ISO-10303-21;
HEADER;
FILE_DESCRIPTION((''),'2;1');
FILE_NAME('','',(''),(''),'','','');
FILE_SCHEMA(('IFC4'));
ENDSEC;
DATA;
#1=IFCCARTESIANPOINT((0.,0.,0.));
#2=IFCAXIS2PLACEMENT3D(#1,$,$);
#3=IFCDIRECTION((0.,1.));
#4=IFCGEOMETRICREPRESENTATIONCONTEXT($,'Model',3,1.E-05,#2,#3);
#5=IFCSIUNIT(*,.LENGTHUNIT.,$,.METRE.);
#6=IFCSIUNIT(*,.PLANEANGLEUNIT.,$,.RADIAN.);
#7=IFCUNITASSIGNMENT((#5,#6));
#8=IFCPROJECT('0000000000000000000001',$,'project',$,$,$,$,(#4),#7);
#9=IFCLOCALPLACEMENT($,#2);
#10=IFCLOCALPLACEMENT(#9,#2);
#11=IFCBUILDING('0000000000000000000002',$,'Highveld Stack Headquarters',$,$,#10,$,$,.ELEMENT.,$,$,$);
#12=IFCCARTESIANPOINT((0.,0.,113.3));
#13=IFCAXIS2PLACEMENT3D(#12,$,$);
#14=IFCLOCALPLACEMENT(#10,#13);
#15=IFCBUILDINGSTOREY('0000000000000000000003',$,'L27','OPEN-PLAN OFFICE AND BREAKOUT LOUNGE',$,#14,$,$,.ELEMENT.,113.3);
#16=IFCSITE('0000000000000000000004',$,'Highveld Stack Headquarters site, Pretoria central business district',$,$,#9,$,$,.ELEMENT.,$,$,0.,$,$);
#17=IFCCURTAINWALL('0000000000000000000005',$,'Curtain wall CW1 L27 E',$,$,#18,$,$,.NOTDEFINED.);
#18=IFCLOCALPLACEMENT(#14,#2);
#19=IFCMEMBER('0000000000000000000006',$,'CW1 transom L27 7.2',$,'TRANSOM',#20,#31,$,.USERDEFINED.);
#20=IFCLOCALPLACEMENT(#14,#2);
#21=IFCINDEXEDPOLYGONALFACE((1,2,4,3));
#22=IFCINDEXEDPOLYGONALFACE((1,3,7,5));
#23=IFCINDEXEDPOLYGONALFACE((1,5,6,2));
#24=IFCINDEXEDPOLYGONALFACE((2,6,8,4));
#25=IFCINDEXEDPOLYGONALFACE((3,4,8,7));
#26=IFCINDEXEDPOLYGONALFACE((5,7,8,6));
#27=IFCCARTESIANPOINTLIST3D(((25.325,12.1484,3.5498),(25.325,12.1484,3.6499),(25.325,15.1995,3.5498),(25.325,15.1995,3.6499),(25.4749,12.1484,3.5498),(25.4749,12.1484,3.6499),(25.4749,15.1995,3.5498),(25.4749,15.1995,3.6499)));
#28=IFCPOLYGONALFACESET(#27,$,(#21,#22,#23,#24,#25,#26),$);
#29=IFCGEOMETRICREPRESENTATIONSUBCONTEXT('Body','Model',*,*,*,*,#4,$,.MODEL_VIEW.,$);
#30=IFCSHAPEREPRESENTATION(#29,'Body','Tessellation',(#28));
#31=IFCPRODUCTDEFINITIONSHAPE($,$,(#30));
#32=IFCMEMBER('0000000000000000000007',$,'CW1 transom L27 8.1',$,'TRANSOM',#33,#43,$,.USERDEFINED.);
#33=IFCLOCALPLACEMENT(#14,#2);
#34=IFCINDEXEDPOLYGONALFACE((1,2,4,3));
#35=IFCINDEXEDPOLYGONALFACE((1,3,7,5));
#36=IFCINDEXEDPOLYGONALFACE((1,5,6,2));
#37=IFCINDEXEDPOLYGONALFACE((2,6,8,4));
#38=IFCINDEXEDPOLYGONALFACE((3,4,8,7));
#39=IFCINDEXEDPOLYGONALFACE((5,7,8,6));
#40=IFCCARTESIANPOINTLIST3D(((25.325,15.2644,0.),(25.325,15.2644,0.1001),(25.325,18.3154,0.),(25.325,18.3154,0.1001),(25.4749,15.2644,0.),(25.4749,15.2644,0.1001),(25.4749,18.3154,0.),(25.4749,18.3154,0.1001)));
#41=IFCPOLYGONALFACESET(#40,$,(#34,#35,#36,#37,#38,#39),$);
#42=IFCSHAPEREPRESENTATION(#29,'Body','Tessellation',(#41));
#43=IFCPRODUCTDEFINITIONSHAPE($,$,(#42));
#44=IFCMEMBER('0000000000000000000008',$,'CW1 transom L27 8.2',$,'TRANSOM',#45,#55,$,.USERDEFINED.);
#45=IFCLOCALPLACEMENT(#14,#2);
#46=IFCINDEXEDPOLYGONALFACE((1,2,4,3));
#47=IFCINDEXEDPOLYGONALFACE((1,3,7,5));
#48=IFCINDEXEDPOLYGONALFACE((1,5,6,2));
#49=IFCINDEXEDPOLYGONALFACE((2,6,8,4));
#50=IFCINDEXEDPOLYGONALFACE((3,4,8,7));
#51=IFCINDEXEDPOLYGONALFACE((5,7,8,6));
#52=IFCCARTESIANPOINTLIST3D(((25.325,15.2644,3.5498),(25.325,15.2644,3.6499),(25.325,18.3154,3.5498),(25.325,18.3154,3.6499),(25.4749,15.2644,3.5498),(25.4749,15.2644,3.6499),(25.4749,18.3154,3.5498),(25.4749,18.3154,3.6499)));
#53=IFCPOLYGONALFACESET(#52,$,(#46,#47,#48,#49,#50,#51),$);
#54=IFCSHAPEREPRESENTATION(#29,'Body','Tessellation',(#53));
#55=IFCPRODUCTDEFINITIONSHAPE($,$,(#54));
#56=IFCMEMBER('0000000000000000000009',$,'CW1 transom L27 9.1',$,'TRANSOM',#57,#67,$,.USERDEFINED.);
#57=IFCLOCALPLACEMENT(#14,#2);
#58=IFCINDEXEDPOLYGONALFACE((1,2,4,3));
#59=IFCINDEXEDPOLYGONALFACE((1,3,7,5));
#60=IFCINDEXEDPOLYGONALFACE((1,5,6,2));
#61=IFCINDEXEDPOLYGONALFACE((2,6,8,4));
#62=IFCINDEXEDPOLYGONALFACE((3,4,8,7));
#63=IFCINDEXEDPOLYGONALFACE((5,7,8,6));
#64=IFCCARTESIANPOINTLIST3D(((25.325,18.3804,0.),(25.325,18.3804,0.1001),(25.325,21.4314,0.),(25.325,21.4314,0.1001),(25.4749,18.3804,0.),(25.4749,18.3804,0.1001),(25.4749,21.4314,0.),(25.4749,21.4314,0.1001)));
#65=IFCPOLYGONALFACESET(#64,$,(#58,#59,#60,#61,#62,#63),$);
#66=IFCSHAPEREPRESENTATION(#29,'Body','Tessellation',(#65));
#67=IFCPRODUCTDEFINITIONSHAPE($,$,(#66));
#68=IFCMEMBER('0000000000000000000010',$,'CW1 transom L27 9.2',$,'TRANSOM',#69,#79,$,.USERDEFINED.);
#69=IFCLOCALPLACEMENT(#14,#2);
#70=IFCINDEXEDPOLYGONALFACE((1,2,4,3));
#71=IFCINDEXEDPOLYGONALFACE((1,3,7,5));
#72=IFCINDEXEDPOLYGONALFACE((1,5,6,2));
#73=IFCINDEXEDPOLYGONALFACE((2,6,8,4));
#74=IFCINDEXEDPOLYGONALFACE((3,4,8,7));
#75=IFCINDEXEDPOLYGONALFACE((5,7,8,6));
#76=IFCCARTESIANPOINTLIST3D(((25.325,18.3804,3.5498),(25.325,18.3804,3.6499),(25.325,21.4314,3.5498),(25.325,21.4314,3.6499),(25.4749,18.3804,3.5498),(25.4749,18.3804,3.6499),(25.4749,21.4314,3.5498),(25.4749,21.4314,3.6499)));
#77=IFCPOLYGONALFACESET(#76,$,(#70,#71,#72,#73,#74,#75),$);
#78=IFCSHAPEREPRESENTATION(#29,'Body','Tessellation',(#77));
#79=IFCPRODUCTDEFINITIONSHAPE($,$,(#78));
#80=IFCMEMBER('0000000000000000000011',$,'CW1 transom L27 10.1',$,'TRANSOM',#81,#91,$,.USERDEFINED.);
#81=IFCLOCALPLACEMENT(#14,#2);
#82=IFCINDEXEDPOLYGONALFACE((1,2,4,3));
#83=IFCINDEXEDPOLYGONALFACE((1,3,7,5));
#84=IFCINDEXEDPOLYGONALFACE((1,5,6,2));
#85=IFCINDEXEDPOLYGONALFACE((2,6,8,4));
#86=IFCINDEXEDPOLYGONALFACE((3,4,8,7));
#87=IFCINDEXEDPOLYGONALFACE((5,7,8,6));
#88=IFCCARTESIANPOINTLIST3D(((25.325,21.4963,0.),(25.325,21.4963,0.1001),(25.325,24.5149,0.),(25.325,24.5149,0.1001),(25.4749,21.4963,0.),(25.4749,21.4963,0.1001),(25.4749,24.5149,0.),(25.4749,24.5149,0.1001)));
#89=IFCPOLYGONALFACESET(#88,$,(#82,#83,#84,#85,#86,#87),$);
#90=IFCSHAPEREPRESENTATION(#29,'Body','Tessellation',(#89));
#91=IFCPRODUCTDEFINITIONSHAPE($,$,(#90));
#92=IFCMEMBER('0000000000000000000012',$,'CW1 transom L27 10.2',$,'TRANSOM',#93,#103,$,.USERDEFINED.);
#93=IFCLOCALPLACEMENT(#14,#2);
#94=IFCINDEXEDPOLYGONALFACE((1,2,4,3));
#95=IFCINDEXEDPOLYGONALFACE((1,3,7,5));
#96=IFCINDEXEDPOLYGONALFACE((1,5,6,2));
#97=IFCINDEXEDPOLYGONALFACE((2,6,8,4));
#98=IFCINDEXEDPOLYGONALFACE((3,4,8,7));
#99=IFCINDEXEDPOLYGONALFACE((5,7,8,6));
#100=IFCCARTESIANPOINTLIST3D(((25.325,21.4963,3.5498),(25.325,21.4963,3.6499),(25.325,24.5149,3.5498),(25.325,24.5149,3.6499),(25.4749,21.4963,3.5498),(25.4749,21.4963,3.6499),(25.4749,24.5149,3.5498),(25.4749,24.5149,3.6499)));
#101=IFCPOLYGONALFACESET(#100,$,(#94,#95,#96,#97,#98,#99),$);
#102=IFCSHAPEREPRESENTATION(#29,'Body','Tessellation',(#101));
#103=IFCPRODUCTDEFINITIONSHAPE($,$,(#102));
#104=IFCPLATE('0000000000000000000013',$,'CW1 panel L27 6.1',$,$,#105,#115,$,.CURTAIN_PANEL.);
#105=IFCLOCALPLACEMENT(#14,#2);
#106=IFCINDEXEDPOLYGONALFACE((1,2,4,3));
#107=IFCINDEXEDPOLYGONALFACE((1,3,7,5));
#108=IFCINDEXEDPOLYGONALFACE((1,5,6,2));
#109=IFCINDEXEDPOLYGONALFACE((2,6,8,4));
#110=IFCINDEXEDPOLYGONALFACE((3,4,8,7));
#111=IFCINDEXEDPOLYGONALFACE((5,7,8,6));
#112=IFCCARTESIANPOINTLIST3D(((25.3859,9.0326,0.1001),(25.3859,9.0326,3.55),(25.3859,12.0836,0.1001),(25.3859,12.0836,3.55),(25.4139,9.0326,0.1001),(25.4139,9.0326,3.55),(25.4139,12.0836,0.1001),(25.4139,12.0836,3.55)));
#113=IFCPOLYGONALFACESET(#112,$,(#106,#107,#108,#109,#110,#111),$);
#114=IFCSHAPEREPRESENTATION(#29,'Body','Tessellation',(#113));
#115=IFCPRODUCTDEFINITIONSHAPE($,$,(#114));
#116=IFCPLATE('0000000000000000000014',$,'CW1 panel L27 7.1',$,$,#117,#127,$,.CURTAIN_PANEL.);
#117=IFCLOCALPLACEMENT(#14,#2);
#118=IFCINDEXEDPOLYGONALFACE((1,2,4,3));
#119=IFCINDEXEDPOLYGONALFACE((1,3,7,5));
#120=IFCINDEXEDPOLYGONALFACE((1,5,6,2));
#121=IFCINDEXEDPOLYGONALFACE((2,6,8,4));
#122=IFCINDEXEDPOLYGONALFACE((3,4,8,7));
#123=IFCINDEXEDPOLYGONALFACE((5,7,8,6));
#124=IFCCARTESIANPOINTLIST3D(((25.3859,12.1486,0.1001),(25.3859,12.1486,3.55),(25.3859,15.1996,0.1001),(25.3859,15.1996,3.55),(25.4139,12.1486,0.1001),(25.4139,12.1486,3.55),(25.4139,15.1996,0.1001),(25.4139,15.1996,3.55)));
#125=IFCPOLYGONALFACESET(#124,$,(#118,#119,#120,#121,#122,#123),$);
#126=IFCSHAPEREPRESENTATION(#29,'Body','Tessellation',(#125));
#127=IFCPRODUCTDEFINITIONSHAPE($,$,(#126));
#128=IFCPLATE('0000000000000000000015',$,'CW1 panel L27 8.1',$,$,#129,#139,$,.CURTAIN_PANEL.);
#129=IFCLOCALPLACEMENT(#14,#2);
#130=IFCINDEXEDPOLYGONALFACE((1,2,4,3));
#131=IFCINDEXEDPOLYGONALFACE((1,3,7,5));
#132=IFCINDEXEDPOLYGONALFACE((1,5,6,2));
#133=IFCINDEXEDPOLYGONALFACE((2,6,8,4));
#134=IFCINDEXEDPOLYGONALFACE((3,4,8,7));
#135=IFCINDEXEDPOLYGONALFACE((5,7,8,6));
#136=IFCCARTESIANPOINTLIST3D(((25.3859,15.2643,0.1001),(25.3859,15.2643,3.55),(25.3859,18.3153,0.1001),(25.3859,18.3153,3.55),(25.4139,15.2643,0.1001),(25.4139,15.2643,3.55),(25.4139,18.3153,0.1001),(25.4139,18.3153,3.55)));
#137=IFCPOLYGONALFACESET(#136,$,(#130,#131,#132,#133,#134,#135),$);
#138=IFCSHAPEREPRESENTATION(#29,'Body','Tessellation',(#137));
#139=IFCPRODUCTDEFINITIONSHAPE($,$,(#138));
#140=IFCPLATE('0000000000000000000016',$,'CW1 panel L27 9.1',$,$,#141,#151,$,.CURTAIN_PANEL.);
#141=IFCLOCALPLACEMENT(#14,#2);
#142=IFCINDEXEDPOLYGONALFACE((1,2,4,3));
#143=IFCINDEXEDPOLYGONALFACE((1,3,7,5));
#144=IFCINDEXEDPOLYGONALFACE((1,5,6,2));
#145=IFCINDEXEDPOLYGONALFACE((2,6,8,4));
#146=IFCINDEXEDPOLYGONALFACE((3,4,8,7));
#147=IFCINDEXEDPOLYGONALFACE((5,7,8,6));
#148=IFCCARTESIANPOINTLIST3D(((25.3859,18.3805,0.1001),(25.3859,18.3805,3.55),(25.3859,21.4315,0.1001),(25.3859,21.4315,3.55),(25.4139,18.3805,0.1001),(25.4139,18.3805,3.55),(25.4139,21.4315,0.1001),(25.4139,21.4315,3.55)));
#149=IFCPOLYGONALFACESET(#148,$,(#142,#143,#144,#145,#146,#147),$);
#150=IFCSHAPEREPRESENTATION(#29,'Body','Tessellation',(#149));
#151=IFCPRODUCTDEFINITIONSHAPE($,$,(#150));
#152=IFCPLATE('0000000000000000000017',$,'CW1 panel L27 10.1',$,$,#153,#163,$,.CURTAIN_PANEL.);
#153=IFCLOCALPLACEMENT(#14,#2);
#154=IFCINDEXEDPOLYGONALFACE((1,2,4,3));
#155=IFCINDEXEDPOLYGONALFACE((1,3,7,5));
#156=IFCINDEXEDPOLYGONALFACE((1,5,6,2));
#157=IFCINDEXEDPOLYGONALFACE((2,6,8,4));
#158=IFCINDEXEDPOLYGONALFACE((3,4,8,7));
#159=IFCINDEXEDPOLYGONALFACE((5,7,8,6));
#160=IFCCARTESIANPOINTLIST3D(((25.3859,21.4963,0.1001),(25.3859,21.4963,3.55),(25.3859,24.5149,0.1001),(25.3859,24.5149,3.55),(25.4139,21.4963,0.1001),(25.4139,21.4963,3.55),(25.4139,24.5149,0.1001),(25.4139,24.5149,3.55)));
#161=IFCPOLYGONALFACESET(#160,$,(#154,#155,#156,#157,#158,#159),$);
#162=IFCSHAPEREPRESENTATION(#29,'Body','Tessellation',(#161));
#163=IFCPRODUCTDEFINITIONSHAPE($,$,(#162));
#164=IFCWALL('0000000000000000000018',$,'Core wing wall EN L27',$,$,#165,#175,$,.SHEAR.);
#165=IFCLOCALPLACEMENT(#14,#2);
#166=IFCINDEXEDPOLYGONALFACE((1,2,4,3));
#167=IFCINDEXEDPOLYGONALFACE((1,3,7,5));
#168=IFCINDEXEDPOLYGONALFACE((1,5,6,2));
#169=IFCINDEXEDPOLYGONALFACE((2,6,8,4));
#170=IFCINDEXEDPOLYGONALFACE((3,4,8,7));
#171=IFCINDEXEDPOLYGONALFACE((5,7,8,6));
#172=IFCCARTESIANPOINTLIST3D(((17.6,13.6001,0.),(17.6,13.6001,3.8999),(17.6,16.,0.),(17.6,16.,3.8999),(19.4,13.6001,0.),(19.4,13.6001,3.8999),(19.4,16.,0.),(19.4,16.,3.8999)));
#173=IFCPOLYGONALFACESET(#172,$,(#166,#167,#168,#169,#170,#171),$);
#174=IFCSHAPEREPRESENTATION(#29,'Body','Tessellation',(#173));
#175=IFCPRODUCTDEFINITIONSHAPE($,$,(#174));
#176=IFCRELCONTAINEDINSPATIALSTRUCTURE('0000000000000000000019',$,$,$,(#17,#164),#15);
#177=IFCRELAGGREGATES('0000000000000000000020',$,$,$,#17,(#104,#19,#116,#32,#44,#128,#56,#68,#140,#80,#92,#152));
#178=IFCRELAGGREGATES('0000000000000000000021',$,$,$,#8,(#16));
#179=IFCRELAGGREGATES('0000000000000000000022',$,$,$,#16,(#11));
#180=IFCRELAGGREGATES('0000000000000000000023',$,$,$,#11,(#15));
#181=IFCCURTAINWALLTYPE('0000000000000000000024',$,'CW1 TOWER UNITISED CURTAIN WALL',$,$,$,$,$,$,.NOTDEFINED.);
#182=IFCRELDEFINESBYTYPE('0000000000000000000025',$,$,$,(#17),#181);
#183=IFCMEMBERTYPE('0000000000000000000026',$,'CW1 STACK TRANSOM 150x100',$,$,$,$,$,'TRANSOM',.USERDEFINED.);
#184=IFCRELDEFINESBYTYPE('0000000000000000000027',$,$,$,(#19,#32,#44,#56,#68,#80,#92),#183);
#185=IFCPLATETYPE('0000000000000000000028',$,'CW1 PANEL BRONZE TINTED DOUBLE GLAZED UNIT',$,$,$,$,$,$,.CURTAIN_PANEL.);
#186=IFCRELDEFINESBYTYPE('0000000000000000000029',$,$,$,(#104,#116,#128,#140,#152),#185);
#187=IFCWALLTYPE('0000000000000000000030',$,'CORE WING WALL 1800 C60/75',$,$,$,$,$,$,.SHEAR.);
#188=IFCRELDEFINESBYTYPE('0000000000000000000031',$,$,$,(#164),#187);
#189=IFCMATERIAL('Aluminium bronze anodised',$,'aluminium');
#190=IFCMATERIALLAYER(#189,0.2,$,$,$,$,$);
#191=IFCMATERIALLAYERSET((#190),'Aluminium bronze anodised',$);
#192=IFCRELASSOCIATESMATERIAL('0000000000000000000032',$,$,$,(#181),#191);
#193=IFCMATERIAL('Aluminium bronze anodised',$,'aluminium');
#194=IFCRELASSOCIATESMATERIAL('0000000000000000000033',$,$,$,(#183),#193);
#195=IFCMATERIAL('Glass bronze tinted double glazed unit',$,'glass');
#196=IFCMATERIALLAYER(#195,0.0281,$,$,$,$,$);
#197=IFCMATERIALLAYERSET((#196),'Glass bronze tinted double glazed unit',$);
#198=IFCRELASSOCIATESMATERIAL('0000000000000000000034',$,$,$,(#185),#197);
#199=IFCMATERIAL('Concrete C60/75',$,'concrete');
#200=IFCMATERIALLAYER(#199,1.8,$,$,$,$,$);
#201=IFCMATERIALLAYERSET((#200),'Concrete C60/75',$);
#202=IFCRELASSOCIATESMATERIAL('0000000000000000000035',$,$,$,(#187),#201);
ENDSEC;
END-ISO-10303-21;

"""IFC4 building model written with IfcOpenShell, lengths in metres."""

from ifc_helpers import new_model, si_unit, direction, frame, frame_2d, origin, origin_2d, place, context, subcontext, project, spatial, rectangle, extrude, material, layer, layer_set, material_profile, profile_set, type_object, element, aggregate, save


model = new_model("IFC4")

# Units and contexts
model_context = context("Model", 3, precision=1e-05, world=origin(), true_north=direction((0.0, 1.0)))
body_context = subcontext(model_context, "Body", "Model", "MODEL_VIEW")
ifc_project = project(units=[si_unit("LENGTHUNIT", "METRE"), si_unit("PLANEANGLEUNIT", "RADIAN")], contexts=[model_context])

# Site, building, storey
site_placement = place(None, origin())
site = spatial("IfcSite", under=ifc_project, at=site_placement, Name="Highveld Stack Headquarters site, Pretoria central business district", CompositionType="ELEMENT", RefElevation=0.0)
building_placement = place(site_placement, origin())
building = spatial("IfcBuilding", under=site, at=building_placement, Name="Highveld Stack Headquarters", CompositionType="ELEMENT")
storey_placement = place(building_placement, frame((0.0, 0.0, 113.3)))
storey = spatial("IfcBuildingStorey", under=building, at=storey_placement, Name="L27", Description="OPEN-PLAN OFFICE AND BREAKOUT LOUNGE", CompositionType="ELEMENT", Elevation=113.3)

# Curtain wall, members, plates
ifc_material_1 = material(Name="Aluminium bronze anodised", Category="aluminium")
ifc_layer_1 = layer(ifc_material_1, 0.2)
ifc_layer_set_1 = layer_set([ifc_layer_1], Name="Aluminium bronze anodised")
curtain_wall_type = type_object("IfcCurtainWallType", Name="CW1 TOWER UNITISED CURTAIN WALL", PredefinedType="NOTDEFINED", material=ifc_layer_set_1)
curtain_wall_placement = place(storey_placement, origin())
curtain_wall = element("IfcCurtainWall", 1, at=curtain_wall_placement, inside=storey, type_object=curtain_wall_type, Name="Curtain wall CW1 L27 E", PredefinedType="NOTDEFINED")
ifc_material_2 = material(Name="Aluminium bronze anodised", Category="aluminium")
ifc_material_profile_1 = material_profile(ifc_material_2, rectangle(XDim=0.1499, YDim=0.1001, at=origin_2d()), Name="CW1 TRANSOM 150x100")
ifc_profile_set_1 = profile_set([ifc_material_profile_1], Name="Aluminium bronze anodised")
member_type_1 = type_object("IfcMemberType", Name="CW1 STACK TRANSOM 150x100", ElementType="TRANSOM", PredefinedType="USERDEFINED", material=ifc_profile_set_1)
member_1_placement = place(storey_placement, frame((25.3999, 12.1484, 3.5999), z_axis=(0.0, 1.0, 0.0), x_axis=(-1.0, 0.0, 0.0)))
member_1 = element("IfcMember", 2, at=member_1_placement, type_object=member_type_1, Name="CW1 transom L27 7.2", ObjectType="TRANSOM", PredefinedType="USERDEFINED", context=body_context, shape_type="SweptSolid", body=[
    extrude(rectangle(XDim=0.1499, YDim=0.1001, at=origin_2d()), origin(), (0.0, 0.0, 1.0), 3.051),
])
member_2_placement = place(storey_placement, frame((25.3999, 15.2644, 0.05), z_axis=(0.0, 1.0, 0.0), x_axis=(-1.0, 0.0, 0.0)))
member_2 = element("IfcMember", 3, at=member_2_placement, type_object=member_type_1, Name="CW1 transom L27 8.1", ObjectType="TRANSOM", PredefinedType="USERDEFINED", context=body_context, shape_type="SweptSolid", body=[
    extrude(rectangle(XDim=0.1499, YDim=0.1001, at=origin_2d()), origin(), (0.0, 0.0, 1.0), 3.051),
])
member_3_placement = place(storey_placement, frame((25.3999, 15.2644, 3.5999), z_axis=(0.0, 1.0, 0.0), x_axis=(-1.0, 0.0, 0.0)))
member_3 = element("IfcMember", 4, at=member_3_placement, type_object=member_type_1, Name="CW1 transom L27 8.2", ObjectType="TRANSOM", PredefinedType="USERDEFINED", context=body_context, shape_type="SweptSolid", body=[
    extrude(rectangle(XDim=0.1499, YDim=0.1001, at=origin_2d()), origin(), (0.0, 0.0, 1.0), 3.051),
])
member_4_placement = place(storey_placement, frame((25.3999, 18.3804, 0.05), z_axis=(0.0, 1.0, 0.0), x_axis=(-1.0, 0.0, 0.0)))
member_4 = element("IfcMember", 5, at=member_4_placement, type_object=member_type_1, Name="CW1 transom L27 9.1", ObjectType="TRANSOM", PredefinedType="USERDEFINED", context=body_context, shape_type="SweptSolid", body=[
    extrude(rectangle(XDim=0.1499, YDim=0.1001, at=origin_2d()), origin(), (0.0, 0.0, 1.0), 3.051),
])
member_5_placement = place(storey_placement, frame((25.3999, 18.3804, 3.5999), z_axis=(0.0, 1.0, 0.0), x_axis=(-1.0, 0.0, 0.0)))
member_5 = element("IfcMember", 6, at=member_5_placement, type_object=member_type_1, Name="CW1 transom L27 9.2", ObjectType="TRANSOM", PredefinedType="USERDEFINED", context=body_context, shape_type="SweptSolid", body=[
    extrude(rectangle(XDim=0.1499, YDim=0.1001, at=origin_2d()), origin(), (0.0, 0.0, 1.0), 3.051),
])
member_6_placement = place(storey_placement, frame((25.3999, 21.4963, 0.05), z_axis=(0.0, 1.0, 0.0), x_axis=(-1.0, 0.0, 0.0)))
member_6 = element("IfcMember", 7, at=member_6_placement, type_object=member_type_1, Name="CW1 transom L27 10.1", ObjectType="TRANSOM", PredefinedType="USERDEFINED", context=body_context, shape_type="SweptSolid", body=[
    extrude(rectangle(XDim=0.1499, YDim=0.1001, at=origin_2d()), origin(), (0.0, 0.0, 1.0), 3.0186),
])
member_7_placement = place(storey_placement, frame((25.3999, 21.4963, 3.5999), z_axis=(0.0, 1.0, 0.0), x_axis=(-1.0, 0.0, 0.0)))
member_7 = element("IfcMember", 8, at=member_7_placement, type_object=member_type_1, Name="CW1 transom L27 10.2", ObjectType="TRANSOM", PredefinedType="USERDEFINED", context=body_context, shape_type="SweptSolid", body=[
    extrude(rectangle(XDim=0.1499, YDim=0.1001, at=origin_2d()), origin(), (0.0, 0.0, 1.0), 3.0186),
])
ifc_material_3 = material(Name="Glass bronze tinted double glazed unit", Category="glass")
ifc_layer_2 = layer(ifc_material_3, 0.0281)
ifc_layer_set_2 = layer_set([ifc_layer_2], Name="Glass bronze tinted double glazed unit")
plate_type = type_object("IfcPlateType", Name="CW1 PANEL BRONZE TINTED DOUBLE GLAZED UNIT", PredefinedType="CURTAIN_PANEL", material=ifc_layer_set_2)
plate_1_placement = place(storey_placement, frame((25.3999, 10.5581, 0.1001), z_axis=(0.0, 0.0, 1.0), x_axis=(0.0, 1.0, 0.0)))
plate_1 = element("IfcPlate", 9, at=plate_1_placement, type_object=plate_type, Name="CW1 panel L27 6.1", PredefinedType="CURTAIN_PANEL", context=body_context, shape_type="SweptSolid", body=[
    extrude(rectangle(XDim=3.051, YDim=0.0281, at=origin_2d()), origin(), (0.0, 0.0, 1.0), 3.45),
])
plate_2_placement = place(storey_placement, frame((25.3999, 13.6741, 0.1001), z_axis=(0.0, 0.0, 1.0), x_axis=(0.0, 1.0, 0.0)))
plate_2 = element("IfcPlate", 10, at=plate_2_placement, type_object=plate_type, Name="CW1 panel L27 7.1", PredefinedType="CURTAIN_PANEL", context=body_context, shape_type="SweptSolid", body=[
    extrude(rectangle(XDim=3.051, YDim=0.0281, at=origin_2d()), origin(), (0.0, 0.0, 1.0), 3.45),
])
plate_3_placement = place(storey_placement, frame((25.3999, 16.7898, 0.1001), z_axis=(0.0, 0.0, 1.0), x_axis=(0.0, 1.0, 0.0)))
plate_3 = element("IfcPlate", 11, at=plate_3_placement, type_object=plate_type, Name="CW1 panel L27 8.1", PredefinedType="CURTAIN_PANEL", context=body_context, shape_type="SweptSolid", body=[
    extrude(rectangle(XDim=3.051, YDim=0.0281, at=origin_2d()), origin(), (0.0, 0.0, 1.0), 3.45),
])
plate_4_placement = place(storey_placement, frame((25.3999, 19.906, 0.1001), z_axis=(0.0, 0.0, 1.0), x_axis=(0.0, 1.0, 0.0)))
plate_4 = element("IfcPlate", 12, at=plate_4_placement, type_object=plate_type, Name="CW1 panel L27 9.1", PredefinedType="CURTAIN_PANEL", context=body_context, shape_type="SweptSolid", body=[
    extrude(rectangle(XDim=3.051, YDim=0.0281, at=origin_2d()), origin(), (0.0, 0.0, 1.0), 3.45),
])
plate_5_placement = place(storey_placement, frame((25.3999, 23.0056, 0.1001), z_axis=(0.0, 0.0, 1.0), x_axis=(0.0, 1.0, 0.0)))
plate_5 = element("IfcPlate", 13, at=plate_5_placement, type_object=plate_type, Name="CW1 panel L27 10.1", PredefinedType="CURTAIN_PANEL", context=body_context, shape_type="SweptSolid", body=[
    extrude(rectangle(XDim=3.0186, YDim=0.0281, at=origin_2d()), origin(), (0.0, 0.0, 1.0), 3.45),
])
aggregate(curtain_wall, [plate_1, member_1, plate_2, member_2, member_3, plate_3, member_4, member_5, plate_4, member_6, member_7, plate_5])

# Wall
ifc_material_4 = material(Name="Concrete C60/75", Category="concrete")
ifc_layer_3 = layer(ifc_material_4, 1.8)
ifc_layer_set_3 = layer_set([ifc_layer_3], Name="Concrete C60/75")
wall_type_1 = type_object("IfcWallType", Name="CORE WING WALL 1800 C60/75", PredefinedType="SHEAR", material=ifc_layer_set_3)
wall_1_placement = place(storey_placement, frame((18.5, 13.6001, 0.0), z_axis=(0.0, 0.0, 1.0), x_axis=(0.0, 1.0, 0.0)))
element("IfcWall", 14, at=wall_1_placement, inside=storey, type_object=wall_type_1, Name="Core wing wall EN L27", PredefinedType="SHEAR", context=body_context, shape_type="SweptSolid", body=[
    extrude(rectangle(XDim=2.3999, YDim=1.8, at=frame_2d((1.2, 0.0))), origin(), (0.0, 0.0, 1.0), 3.8999),
])

save(model, "model.ifc")
